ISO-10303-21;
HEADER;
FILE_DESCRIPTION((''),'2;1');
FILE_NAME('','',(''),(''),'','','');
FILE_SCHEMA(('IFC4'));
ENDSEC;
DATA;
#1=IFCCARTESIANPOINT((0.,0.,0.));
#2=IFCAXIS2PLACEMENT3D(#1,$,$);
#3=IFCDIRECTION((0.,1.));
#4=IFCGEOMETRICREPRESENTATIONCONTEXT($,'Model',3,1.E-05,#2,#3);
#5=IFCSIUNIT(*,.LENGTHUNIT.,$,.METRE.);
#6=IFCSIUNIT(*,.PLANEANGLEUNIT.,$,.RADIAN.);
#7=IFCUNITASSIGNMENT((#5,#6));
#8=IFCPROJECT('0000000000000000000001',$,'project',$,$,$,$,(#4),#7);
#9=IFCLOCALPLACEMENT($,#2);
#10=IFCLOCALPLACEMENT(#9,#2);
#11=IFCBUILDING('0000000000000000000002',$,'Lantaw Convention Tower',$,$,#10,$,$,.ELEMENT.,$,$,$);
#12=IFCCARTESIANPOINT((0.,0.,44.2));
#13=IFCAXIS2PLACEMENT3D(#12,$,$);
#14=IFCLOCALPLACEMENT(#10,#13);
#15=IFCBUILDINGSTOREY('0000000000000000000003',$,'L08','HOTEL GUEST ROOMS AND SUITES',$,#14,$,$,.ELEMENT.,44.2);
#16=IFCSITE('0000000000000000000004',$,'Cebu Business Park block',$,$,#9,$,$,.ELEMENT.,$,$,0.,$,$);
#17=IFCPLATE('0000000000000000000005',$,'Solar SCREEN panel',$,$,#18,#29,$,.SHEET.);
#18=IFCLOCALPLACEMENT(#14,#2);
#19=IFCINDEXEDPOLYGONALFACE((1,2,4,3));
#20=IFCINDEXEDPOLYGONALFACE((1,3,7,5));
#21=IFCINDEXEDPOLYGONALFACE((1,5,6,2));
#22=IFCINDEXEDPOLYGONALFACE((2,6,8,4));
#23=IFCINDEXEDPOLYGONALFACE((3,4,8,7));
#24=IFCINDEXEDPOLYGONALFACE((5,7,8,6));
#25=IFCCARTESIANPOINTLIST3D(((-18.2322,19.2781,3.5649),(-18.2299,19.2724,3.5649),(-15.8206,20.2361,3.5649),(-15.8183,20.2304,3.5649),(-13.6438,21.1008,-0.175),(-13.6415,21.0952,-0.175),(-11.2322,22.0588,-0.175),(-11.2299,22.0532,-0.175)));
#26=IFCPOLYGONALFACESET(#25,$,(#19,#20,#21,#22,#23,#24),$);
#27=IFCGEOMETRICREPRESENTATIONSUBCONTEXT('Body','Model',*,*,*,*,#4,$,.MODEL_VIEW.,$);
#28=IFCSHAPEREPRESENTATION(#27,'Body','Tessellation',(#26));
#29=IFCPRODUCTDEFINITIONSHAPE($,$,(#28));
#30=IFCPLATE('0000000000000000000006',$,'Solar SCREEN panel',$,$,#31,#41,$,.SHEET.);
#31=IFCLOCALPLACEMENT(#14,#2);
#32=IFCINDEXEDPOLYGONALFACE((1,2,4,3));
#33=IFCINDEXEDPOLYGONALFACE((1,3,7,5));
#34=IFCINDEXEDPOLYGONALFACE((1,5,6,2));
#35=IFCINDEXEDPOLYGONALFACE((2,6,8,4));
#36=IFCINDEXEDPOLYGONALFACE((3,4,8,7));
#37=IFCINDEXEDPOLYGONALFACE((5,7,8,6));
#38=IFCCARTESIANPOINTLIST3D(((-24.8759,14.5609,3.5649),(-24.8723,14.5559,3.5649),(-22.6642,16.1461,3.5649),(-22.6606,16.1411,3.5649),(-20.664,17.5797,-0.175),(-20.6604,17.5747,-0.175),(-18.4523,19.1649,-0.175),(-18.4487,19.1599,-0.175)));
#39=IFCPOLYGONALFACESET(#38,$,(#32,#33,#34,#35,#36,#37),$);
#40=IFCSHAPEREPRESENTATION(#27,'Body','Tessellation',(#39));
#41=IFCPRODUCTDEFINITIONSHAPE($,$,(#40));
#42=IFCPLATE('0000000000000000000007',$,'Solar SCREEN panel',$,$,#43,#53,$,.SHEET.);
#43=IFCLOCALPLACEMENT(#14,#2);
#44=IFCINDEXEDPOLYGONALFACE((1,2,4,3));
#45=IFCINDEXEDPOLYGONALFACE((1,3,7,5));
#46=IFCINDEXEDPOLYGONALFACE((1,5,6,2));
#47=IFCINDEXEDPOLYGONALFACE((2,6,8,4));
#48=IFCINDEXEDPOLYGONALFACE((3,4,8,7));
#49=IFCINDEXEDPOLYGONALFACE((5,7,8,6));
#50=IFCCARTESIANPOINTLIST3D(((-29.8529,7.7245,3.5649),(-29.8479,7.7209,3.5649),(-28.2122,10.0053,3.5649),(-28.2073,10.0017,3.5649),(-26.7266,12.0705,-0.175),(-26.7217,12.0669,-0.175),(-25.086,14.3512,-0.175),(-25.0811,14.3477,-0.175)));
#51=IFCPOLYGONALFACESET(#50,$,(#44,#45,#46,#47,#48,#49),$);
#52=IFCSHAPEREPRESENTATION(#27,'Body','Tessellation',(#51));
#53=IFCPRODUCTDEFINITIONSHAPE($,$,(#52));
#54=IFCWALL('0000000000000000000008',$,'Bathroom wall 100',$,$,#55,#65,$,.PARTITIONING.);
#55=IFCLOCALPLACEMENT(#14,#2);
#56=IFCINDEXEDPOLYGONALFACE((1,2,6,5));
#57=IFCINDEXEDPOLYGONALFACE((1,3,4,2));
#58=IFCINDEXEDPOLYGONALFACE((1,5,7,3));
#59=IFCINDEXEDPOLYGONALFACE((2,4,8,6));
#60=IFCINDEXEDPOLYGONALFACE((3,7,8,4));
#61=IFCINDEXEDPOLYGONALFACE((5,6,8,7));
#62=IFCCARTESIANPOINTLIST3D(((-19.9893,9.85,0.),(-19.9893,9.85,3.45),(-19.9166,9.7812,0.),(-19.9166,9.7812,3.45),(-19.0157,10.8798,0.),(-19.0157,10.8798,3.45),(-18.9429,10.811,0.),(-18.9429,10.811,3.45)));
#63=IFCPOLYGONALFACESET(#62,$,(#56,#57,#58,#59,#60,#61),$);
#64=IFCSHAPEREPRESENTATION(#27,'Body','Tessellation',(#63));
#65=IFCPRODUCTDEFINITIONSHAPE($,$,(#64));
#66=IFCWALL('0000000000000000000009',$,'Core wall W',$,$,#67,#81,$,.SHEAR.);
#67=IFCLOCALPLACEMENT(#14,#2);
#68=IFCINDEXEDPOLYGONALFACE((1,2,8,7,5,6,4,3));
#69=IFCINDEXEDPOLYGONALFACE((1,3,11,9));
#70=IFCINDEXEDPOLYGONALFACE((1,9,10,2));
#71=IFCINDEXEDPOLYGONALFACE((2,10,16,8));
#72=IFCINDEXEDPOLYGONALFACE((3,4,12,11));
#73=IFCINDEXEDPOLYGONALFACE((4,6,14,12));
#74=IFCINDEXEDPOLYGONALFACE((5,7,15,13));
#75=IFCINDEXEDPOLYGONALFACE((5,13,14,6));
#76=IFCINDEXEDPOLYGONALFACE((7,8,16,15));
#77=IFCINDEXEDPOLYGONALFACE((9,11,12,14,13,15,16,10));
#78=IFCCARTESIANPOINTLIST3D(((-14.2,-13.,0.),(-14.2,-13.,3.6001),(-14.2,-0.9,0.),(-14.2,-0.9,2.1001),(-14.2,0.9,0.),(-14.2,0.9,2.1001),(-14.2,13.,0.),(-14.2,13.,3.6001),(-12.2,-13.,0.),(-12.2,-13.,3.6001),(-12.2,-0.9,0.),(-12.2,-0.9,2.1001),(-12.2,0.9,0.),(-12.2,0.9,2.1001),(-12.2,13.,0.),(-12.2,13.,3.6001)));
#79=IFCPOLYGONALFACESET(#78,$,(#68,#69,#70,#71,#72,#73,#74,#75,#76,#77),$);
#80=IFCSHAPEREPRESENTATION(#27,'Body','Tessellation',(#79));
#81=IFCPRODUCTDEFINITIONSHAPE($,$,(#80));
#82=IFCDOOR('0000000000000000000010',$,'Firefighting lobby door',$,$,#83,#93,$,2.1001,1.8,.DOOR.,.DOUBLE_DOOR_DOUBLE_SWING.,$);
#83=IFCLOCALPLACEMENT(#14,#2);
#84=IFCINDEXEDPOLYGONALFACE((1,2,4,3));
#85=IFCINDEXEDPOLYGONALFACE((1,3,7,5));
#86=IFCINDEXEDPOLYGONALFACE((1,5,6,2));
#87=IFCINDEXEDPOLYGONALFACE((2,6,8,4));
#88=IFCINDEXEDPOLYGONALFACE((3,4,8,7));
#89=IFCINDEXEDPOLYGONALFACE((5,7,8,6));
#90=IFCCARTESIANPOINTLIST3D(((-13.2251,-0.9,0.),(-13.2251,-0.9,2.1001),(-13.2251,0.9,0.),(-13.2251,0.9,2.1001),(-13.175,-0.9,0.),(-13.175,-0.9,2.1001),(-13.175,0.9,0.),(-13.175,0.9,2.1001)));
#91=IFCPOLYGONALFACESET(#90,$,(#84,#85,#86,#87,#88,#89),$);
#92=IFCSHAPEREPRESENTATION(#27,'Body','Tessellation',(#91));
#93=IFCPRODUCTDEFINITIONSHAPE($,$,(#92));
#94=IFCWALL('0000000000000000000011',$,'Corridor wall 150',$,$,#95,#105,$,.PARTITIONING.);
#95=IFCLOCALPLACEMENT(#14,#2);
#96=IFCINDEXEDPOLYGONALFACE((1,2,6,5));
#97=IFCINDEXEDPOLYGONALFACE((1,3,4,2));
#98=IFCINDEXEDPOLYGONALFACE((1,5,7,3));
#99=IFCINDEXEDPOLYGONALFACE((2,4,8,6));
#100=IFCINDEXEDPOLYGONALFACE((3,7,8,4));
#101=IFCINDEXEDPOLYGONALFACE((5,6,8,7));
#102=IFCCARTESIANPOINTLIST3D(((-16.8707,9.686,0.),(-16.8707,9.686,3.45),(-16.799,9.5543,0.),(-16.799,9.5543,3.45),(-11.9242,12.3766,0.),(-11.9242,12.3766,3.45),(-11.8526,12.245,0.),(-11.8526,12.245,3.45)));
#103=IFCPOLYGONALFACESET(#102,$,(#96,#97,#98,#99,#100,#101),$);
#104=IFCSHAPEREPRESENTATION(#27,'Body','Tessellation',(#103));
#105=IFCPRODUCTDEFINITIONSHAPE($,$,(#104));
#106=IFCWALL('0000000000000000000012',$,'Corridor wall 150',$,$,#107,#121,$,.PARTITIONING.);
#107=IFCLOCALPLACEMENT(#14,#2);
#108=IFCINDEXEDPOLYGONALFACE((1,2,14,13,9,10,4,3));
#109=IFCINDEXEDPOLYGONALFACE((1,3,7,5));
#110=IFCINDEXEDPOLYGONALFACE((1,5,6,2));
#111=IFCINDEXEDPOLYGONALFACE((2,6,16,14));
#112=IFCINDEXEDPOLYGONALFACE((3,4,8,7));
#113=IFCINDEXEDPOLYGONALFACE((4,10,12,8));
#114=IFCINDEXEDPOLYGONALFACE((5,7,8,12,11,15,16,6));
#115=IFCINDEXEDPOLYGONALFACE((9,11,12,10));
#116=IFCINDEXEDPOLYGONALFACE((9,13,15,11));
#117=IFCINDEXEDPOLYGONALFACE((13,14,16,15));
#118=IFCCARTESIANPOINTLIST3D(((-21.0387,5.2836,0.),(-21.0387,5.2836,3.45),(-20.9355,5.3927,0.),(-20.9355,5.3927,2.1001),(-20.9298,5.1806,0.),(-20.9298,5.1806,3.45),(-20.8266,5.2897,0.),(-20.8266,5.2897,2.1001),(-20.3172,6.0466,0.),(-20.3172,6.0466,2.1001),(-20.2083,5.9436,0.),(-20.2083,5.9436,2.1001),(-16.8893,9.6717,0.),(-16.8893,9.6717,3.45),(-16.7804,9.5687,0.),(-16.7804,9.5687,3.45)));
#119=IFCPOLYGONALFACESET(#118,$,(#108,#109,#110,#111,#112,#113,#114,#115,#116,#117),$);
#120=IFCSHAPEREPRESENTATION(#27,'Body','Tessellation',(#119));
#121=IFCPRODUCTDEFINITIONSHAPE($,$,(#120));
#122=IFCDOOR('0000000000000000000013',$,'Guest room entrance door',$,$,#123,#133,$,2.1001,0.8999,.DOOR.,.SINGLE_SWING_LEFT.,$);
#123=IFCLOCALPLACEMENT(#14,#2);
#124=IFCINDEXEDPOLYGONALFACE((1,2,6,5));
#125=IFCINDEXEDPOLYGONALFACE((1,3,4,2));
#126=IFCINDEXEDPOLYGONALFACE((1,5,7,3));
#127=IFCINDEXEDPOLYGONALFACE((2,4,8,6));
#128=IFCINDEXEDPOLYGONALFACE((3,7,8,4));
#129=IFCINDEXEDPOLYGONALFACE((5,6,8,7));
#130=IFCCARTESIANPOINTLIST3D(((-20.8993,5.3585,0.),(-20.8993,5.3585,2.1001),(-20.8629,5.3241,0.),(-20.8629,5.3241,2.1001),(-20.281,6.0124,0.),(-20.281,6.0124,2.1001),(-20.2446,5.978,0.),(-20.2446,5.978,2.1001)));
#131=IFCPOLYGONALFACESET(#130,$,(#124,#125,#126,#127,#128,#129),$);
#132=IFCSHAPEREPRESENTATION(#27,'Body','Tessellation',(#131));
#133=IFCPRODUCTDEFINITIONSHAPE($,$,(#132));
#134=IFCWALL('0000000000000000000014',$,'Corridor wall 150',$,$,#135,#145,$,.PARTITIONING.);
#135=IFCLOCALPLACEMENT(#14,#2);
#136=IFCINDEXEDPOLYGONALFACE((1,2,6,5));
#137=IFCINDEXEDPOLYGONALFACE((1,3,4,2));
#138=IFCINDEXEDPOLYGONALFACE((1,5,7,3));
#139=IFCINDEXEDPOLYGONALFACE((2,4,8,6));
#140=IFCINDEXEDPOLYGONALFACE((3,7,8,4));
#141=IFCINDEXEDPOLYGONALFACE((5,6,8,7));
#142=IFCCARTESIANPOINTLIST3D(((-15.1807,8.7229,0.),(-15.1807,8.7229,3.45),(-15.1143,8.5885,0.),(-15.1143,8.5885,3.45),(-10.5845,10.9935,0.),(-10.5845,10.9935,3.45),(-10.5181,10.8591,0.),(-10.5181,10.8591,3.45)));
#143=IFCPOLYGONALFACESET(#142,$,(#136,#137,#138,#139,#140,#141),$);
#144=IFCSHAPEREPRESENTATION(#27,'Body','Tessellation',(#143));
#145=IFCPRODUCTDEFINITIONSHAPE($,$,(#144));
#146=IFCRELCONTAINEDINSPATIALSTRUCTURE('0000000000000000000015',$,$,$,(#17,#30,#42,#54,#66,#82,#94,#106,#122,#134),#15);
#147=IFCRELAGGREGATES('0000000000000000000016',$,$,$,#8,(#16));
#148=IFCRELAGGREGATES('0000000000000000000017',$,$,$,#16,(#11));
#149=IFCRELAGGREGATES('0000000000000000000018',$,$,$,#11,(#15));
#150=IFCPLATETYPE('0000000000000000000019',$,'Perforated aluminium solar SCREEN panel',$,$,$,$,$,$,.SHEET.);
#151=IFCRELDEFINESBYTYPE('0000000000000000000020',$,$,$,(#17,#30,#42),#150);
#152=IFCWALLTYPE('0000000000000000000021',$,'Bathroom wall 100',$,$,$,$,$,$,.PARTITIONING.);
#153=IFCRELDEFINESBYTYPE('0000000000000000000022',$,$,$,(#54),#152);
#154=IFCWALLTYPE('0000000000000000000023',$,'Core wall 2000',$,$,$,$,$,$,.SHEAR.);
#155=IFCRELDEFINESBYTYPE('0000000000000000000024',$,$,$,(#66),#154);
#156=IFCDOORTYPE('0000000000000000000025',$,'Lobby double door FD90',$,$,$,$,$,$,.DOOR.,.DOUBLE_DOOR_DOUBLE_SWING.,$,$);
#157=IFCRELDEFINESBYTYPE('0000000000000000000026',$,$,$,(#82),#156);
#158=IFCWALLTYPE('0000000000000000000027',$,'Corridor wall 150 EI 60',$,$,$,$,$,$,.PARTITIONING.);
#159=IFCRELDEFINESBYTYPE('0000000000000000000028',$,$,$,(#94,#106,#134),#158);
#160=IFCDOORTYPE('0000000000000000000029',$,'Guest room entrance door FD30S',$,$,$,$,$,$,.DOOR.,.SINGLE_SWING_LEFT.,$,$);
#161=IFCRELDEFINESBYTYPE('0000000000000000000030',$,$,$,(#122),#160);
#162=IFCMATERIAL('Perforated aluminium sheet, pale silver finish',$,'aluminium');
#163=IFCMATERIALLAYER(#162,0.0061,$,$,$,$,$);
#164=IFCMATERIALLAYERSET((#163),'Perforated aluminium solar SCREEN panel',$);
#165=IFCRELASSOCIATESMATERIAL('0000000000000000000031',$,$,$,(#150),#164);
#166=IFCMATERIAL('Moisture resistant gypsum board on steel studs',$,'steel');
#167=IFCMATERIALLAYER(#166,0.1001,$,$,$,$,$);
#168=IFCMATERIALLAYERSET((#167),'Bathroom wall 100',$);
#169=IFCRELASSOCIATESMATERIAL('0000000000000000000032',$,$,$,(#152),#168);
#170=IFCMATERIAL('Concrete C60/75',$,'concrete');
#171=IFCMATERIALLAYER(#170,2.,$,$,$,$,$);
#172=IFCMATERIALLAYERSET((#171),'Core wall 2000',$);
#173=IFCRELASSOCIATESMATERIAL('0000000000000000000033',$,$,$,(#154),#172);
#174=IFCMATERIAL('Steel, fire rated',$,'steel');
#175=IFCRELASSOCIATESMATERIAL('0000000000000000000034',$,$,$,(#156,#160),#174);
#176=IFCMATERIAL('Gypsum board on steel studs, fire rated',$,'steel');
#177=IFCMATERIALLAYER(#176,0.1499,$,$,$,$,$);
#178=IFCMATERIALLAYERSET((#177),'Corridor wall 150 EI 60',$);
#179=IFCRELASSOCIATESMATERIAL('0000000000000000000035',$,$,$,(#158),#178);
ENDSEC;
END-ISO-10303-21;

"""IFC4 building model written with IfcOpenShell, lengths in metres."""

from ifc_helpers import new_model, si_unit, direction, frame, frame_2d, origin, place, context, subcontext, project, spatial, polyline, rectangle, outline, extrude, material, layer, layer_set, type_object, element, fill, save


model = new_model("IFC4")

# Units and contexts
model_context = context("Model", 3, precision=1e-05, world=origin(), true_north=direction((0.0, 1.0)))
body_context = subcontext(model_context, "Body", "Model", "MODEL_VIEW")
ifc_project = project(units=[si_unit("LENGTHUNIT", "METRE"), si_unit("PLANEANGLEUNIT", "RADIAN")], contexts=[model_context])

# Site, building, storey
site_placement = place(None, origin())
site = spatial("IfcSite", under=ifc_project, at=site_placement, Name="Cebu Business Park block", CompositionType="ELEMENT", RefElevation=0.0)
building_placement = place(site_placement, origin())
building = spatial("IfcBuilding", under=site, at=building_placement, Name="Lantaw Convention Tower", CompositionType="ELEMENT")
storey_placement = place(building_placement, frame((0.0, 0.0, 44.2)))
storey = spatial("IfcBuildingStorey", under=building, at=storey_placement, Name="L08", Description="HOTEL GUEST ROOMS AND SUITES", CompositionType="ELEMENT", Elevation=44.2)

# Shared definitions
ifc_material_1 = material(Name="Concrete C60/75", Category="concrete")

# Plates
ifc_material_2 = material(Name="Perforated aluminium sheet, pale silver finish", Category="aluminium")
ifc_layer_1 = layer(ifc_material_2, 0.0061)
ifc_layer_set_1 = layer_set([ifc_layer_1], Name="Perforated aluminium solar SCREEN panel")
plate_type = type_object("IfcPlateType", Name="Perforated aluminium solar SCREEN panel", PredefinedType="SHEET", material=ifc_layer_set_1)
plate_1_placement = place(storey_placement, frame((-11.2322, 22.0588, -0.175), z_axis=(-0.369184, 0.929357, 0.000009), x_axis=(-0.929357, -0.369184, 0.0)))
element("IfcPlate", 1, at=plate_1_placement, inside=storey, type_object=plate_type, Name="Solar SCREEN panel", PredefinedType="SHEET", context=body_context, shape_type="SweptSolid", body=[
    extrude(outline(polyline([(0.0, 0.0), (2.5949, 0.0), (7.5321, 3.74), (4.9372, 3.74), (0.0, 0.0)])), origin(), (0.0, 0.0, -1.0), 0.0061),
])
plate_2_placement = place(storey_placement, frame((-18.4487, 19.1599, -0.175), z_axis=(0.582561, -0.812787, 0.000016), x_axis=(-0.812787, -0.582561, 0.0)))
element("IfcPlate", 2, at=plate_2_placement, inside=storey, type_object=plate_type, Name="Solar SCREEN panel", PredefinedType="SHEET", context=body_context, shape_type="SweptSolid", body=[
    extrude(outline(polyline([(0.0, 0.0), (2.7211, 0.0), (7.9031, -3.74), (5.182, -3.74), (0.0, 0.0)])), origin(), (0.0, 0.0, -1.0), 0.0061),
])
plate_3_placement = place(storey_placement, frame((-25.0811, 14.3477, -0.175), z_axis=(0.811791, -0.583948, 0.000009), x_axis=(-0.583948, -0.811791, 0.0)))
element("IfcPlate", 3, at=plate_3_placement, inside=storey, type_object=plate_type, Name="Solar SCREEN panel", PredefinedType="SHEET", context=body_context, shape_type="SweptSolid", body=[
    extrude(outline(polyline([(0.0, 0.0), (2.8095, 0.0), (8.1631, -3.74), (5.3536, -3.74), (0.0, 0.0)])), origin(), (0.0, 0.0, -1.0), 0.0061),
])

# Wall
ifc_material_3 = material(Name="Moisture resistant gypsum board on steel studs", Category="steel")
ifc_layer_2 = layer(ifc_material_3, 0.1001)
ifc_layer_set_2 = layer_set([ifc_layer_2], Name="Bathroom wall 100")
wall_type_1 = type_object("IfcWallType", Name="Bathroom wall 100", PredefinedType="PARTITIONING", material=ifc_layer_set_2)
wall_1_placement = place(storey_placement, frame((-19.9529, 9.8157, 0.0), z_axis=(0.0, 0.0, 1.0), x_axis=(0.687018, 0.72664, 0.0)))
element("IfcWall", 4, at=wall_1_placement, inside=storey, type_object=wall_type_1, Name="Bathroom wall 100", PredefinedType="PARTITIONING", context=body_context, shape_type="SweptSolid", body=[
    extrude(rectangle(XDim=1.4172, YDim=0.1001, at=frame_2d((0.7085, 0.0))), origin(), (0.0, 0.0, 1.0), 3.45),
])

# Wall, opening, door
ifc_layer_3 = layer(ifc_material_1, 2.0)
ifc_layer_set_3 = layer_set([ifc_layer_3], Name="Core wall 2000")
wall_type_2 = type_object("IfcWallType", Name="Core wall 2000", PredefinedType="SHEAR", material=ifc_layer_set_3)
wall_2_placement = place(storey_placement, frame((-13.2, 13.0, 0.0), z_axis=(0.0, 0.0, 1.0), x_axis=(0.0, -1.0, 0.0)))
wall_2 = element("IfcWall", 5, at=wall_2_placement, inside=storey, type_object=wall_type_2, Name="Core wall W", PredefinedType="SHEAR", context=body_context, shape_type="SweptSolid", body=[
    extrude(rectangle(XDim=26.0, YDim=2.0, at=frame_2d((13.0, 0.0))), origin(), (0.0, 0.0, 1.0), 3.6001),
])
opening_1_placement = place(wall_2_placement, frame((12.1001, 0.0, 0.0)))
opening_1 = element("IfcOpeningElement", 6, at=opening_1_placement, cuts=wall_2, PredefinedType="OPENING", context=body_context, shape_type="SweptSolid", body=[
    extrude(rectangle(XDim=1.8, YDim=2.1001, at=frame_2d((0.8999, 1.05))), frame((0.0, 1.01, 0.0), z_axis=(0.0, -1.0, 0.0), x_axis=(1.0, 0.0, 0.0)), (0.0, 0.0, 1.0), 2.02),
])
ifc_material_4 = material(Name="Steel, fire rated", Category="steel")
door_type_1 = type_object("IfcDoorType", Name="Lobby double door FD90", OperationType="DOUBLE_DOOR_DOUBLE_SWING", PredefinedType="DOOR", material=ifc_material_4)
door_1_placement = place(opening_1_placement, origin())
door_1 = element("IfcDoor", 7, at=door_1_placement, inside=storey, type_object=door_type_1, Name="Firefighting lobby door", OperationType="DOUBLE_DOOR_DOUBLE_SWING", OverallHeight=2.1001, OverallWidth=1.8, PredefinedType="DOOR", context=body_context, shape_type="SweptSolid", body=[
    extrude(rectangle(XDim=1.8, YDim=2.1001, at=frame_2d((0.8999, 1.05))), frame((0.0, 0.0249, 0.0), z_axis=(0.0, -1.0, 0.0), x_axis=(1.0, 0.0, 0.0)), (0.0, 0.0, 1.0), 0.05),
])
fill(opening_1, door_1)

# Wall
ifc_material_5 = material(Name="Gypsum board on steel studs, fire rated", Category="steel")
ifc_layer_4 = layer(ifc_material_5, 0.1499)
ifc_layer_set_4 = layer_set([ifc_layer_4], Name="Corridor wall 150 EI 60")
wall_type_3 = type_object("IfcWallType", Name="Corridor wall 150 EI 60", PredefinedType="PARTITIONING", material=ifc_layer_set_4)
wall_3_placement = place(storey_placement, frame((-11.8884, 12.3108, 0.0), z_axis=(0.0, 0.0, 1.0), x_axis=(-0.87845, -0.477834, 0.0)))
element("IfcWall", 8, at=wall_3_placement, inside=storey, type_object=wall_type_3, Name="Corridor wall 150", PredefinedType="PARTITIONING", context=body_context, shape_type="SweptSolid", body=[
    extrude(rectangle(XDim=5.6309, YDim=0.1499, at=frame_2d((2.8154, 0.0))), origin(), (0.0, 0.0, 1.0), 3.45),
])

# Wall, opening, door
wall_4_placement = place(storey_placement, frame((-16.835, 9.6201, 0.0), z_axis=(0.0, 0.0, 1.0), x_axis=(-0.687063, -0.726598, 0.0)))
wall_4 = element("IfcWall", 9, at=wall_4_placement, inside=storey, type_object=wall_type_3, Name="Corridor wall 150", PredefinedType="PARTITIONING", context=body_context, shape_type="SweptSolid", body=[
    extrude(rectangle(XDim=6.0393, YDim=0.1499, at=frame_2d((3.0195, 0.0))), origin(), (0.0, 0.0, 1.0), 3.45),
])
opening_2_placement = place(wall_4_placement, frame((4.989, 0.0, 0.0)))
opening_2 = element("IfcOpeningElement", 10, at=opening_2_placement, cuts=wall_4, PredefinedType="OPENING", context=body_context, shape_type="SweptSolid", body=[
    extrude(rectangle(XDim=0.8999, YDim=2.1001, at=frame_2d((0.45, 1.05))), frame((0.0, 0.085, 0.0), z_axis=(0.0, -1.0, 0.0), x_axis=(1.0, 0.0, 0.0)), (0.0, 0.0, 1.0), 0.1699),
])
door_type_2 = type_object("IfcDoorType", Name="Guest room entrance door FD30S", OperationType="SINGLE_SWING_LEFT", PredefinedType="DOOR", material=ifc_material_4)
door_2_placement = place(opening_2_placement, origin())
door_2 = element("IfcDoor", 11, at=door_2_placement, inside=storey, type_object=door_type_2, Name="Guest room entrance door", OperationType="SINGLE_SWING_LEFT", OverallHeight=2.1001, OverallWidth=0.8999, PredefinedType="DOOR", context=body_context, shape_type="SweptSolid", body=[
    extrude(rectangle(XDim=0.8999, YDim=2.1001, at=frame_2d((0.45, 1.05))), frame((0.0, 0.0249, 0.0), z_axis=(0.0, -1.0, 0.0), x_axis=(1.0, 0.0, 0.0)), (0.0, 0.0, 1.0), 0.05),
])
fill(opening_2, door_2)

# Wall
wall_5_placement = place(storey_placement, frame((-10.5513, 10.9263, 0.0), z_axis=(0.0, 0.0, 1.0), x_axis=(-0.896569, -0.442903, 0.0)))
element("IfcWall", 12, at=wall_5_placement, inside=storey, type_object=wall_type_3, Name="Corridor wall 150", PredefinedType="PARTITIONING", context=body_context, shape_type="SweptSolid", body=[
    extrude(rectangle(XDim=5.1265, YDim=0.1499, at=frame_2d((2.5632, 0.0))), origin(), (0.0, 0.0, 1.0), 3.45),
])

save(model, "model.ifc")
